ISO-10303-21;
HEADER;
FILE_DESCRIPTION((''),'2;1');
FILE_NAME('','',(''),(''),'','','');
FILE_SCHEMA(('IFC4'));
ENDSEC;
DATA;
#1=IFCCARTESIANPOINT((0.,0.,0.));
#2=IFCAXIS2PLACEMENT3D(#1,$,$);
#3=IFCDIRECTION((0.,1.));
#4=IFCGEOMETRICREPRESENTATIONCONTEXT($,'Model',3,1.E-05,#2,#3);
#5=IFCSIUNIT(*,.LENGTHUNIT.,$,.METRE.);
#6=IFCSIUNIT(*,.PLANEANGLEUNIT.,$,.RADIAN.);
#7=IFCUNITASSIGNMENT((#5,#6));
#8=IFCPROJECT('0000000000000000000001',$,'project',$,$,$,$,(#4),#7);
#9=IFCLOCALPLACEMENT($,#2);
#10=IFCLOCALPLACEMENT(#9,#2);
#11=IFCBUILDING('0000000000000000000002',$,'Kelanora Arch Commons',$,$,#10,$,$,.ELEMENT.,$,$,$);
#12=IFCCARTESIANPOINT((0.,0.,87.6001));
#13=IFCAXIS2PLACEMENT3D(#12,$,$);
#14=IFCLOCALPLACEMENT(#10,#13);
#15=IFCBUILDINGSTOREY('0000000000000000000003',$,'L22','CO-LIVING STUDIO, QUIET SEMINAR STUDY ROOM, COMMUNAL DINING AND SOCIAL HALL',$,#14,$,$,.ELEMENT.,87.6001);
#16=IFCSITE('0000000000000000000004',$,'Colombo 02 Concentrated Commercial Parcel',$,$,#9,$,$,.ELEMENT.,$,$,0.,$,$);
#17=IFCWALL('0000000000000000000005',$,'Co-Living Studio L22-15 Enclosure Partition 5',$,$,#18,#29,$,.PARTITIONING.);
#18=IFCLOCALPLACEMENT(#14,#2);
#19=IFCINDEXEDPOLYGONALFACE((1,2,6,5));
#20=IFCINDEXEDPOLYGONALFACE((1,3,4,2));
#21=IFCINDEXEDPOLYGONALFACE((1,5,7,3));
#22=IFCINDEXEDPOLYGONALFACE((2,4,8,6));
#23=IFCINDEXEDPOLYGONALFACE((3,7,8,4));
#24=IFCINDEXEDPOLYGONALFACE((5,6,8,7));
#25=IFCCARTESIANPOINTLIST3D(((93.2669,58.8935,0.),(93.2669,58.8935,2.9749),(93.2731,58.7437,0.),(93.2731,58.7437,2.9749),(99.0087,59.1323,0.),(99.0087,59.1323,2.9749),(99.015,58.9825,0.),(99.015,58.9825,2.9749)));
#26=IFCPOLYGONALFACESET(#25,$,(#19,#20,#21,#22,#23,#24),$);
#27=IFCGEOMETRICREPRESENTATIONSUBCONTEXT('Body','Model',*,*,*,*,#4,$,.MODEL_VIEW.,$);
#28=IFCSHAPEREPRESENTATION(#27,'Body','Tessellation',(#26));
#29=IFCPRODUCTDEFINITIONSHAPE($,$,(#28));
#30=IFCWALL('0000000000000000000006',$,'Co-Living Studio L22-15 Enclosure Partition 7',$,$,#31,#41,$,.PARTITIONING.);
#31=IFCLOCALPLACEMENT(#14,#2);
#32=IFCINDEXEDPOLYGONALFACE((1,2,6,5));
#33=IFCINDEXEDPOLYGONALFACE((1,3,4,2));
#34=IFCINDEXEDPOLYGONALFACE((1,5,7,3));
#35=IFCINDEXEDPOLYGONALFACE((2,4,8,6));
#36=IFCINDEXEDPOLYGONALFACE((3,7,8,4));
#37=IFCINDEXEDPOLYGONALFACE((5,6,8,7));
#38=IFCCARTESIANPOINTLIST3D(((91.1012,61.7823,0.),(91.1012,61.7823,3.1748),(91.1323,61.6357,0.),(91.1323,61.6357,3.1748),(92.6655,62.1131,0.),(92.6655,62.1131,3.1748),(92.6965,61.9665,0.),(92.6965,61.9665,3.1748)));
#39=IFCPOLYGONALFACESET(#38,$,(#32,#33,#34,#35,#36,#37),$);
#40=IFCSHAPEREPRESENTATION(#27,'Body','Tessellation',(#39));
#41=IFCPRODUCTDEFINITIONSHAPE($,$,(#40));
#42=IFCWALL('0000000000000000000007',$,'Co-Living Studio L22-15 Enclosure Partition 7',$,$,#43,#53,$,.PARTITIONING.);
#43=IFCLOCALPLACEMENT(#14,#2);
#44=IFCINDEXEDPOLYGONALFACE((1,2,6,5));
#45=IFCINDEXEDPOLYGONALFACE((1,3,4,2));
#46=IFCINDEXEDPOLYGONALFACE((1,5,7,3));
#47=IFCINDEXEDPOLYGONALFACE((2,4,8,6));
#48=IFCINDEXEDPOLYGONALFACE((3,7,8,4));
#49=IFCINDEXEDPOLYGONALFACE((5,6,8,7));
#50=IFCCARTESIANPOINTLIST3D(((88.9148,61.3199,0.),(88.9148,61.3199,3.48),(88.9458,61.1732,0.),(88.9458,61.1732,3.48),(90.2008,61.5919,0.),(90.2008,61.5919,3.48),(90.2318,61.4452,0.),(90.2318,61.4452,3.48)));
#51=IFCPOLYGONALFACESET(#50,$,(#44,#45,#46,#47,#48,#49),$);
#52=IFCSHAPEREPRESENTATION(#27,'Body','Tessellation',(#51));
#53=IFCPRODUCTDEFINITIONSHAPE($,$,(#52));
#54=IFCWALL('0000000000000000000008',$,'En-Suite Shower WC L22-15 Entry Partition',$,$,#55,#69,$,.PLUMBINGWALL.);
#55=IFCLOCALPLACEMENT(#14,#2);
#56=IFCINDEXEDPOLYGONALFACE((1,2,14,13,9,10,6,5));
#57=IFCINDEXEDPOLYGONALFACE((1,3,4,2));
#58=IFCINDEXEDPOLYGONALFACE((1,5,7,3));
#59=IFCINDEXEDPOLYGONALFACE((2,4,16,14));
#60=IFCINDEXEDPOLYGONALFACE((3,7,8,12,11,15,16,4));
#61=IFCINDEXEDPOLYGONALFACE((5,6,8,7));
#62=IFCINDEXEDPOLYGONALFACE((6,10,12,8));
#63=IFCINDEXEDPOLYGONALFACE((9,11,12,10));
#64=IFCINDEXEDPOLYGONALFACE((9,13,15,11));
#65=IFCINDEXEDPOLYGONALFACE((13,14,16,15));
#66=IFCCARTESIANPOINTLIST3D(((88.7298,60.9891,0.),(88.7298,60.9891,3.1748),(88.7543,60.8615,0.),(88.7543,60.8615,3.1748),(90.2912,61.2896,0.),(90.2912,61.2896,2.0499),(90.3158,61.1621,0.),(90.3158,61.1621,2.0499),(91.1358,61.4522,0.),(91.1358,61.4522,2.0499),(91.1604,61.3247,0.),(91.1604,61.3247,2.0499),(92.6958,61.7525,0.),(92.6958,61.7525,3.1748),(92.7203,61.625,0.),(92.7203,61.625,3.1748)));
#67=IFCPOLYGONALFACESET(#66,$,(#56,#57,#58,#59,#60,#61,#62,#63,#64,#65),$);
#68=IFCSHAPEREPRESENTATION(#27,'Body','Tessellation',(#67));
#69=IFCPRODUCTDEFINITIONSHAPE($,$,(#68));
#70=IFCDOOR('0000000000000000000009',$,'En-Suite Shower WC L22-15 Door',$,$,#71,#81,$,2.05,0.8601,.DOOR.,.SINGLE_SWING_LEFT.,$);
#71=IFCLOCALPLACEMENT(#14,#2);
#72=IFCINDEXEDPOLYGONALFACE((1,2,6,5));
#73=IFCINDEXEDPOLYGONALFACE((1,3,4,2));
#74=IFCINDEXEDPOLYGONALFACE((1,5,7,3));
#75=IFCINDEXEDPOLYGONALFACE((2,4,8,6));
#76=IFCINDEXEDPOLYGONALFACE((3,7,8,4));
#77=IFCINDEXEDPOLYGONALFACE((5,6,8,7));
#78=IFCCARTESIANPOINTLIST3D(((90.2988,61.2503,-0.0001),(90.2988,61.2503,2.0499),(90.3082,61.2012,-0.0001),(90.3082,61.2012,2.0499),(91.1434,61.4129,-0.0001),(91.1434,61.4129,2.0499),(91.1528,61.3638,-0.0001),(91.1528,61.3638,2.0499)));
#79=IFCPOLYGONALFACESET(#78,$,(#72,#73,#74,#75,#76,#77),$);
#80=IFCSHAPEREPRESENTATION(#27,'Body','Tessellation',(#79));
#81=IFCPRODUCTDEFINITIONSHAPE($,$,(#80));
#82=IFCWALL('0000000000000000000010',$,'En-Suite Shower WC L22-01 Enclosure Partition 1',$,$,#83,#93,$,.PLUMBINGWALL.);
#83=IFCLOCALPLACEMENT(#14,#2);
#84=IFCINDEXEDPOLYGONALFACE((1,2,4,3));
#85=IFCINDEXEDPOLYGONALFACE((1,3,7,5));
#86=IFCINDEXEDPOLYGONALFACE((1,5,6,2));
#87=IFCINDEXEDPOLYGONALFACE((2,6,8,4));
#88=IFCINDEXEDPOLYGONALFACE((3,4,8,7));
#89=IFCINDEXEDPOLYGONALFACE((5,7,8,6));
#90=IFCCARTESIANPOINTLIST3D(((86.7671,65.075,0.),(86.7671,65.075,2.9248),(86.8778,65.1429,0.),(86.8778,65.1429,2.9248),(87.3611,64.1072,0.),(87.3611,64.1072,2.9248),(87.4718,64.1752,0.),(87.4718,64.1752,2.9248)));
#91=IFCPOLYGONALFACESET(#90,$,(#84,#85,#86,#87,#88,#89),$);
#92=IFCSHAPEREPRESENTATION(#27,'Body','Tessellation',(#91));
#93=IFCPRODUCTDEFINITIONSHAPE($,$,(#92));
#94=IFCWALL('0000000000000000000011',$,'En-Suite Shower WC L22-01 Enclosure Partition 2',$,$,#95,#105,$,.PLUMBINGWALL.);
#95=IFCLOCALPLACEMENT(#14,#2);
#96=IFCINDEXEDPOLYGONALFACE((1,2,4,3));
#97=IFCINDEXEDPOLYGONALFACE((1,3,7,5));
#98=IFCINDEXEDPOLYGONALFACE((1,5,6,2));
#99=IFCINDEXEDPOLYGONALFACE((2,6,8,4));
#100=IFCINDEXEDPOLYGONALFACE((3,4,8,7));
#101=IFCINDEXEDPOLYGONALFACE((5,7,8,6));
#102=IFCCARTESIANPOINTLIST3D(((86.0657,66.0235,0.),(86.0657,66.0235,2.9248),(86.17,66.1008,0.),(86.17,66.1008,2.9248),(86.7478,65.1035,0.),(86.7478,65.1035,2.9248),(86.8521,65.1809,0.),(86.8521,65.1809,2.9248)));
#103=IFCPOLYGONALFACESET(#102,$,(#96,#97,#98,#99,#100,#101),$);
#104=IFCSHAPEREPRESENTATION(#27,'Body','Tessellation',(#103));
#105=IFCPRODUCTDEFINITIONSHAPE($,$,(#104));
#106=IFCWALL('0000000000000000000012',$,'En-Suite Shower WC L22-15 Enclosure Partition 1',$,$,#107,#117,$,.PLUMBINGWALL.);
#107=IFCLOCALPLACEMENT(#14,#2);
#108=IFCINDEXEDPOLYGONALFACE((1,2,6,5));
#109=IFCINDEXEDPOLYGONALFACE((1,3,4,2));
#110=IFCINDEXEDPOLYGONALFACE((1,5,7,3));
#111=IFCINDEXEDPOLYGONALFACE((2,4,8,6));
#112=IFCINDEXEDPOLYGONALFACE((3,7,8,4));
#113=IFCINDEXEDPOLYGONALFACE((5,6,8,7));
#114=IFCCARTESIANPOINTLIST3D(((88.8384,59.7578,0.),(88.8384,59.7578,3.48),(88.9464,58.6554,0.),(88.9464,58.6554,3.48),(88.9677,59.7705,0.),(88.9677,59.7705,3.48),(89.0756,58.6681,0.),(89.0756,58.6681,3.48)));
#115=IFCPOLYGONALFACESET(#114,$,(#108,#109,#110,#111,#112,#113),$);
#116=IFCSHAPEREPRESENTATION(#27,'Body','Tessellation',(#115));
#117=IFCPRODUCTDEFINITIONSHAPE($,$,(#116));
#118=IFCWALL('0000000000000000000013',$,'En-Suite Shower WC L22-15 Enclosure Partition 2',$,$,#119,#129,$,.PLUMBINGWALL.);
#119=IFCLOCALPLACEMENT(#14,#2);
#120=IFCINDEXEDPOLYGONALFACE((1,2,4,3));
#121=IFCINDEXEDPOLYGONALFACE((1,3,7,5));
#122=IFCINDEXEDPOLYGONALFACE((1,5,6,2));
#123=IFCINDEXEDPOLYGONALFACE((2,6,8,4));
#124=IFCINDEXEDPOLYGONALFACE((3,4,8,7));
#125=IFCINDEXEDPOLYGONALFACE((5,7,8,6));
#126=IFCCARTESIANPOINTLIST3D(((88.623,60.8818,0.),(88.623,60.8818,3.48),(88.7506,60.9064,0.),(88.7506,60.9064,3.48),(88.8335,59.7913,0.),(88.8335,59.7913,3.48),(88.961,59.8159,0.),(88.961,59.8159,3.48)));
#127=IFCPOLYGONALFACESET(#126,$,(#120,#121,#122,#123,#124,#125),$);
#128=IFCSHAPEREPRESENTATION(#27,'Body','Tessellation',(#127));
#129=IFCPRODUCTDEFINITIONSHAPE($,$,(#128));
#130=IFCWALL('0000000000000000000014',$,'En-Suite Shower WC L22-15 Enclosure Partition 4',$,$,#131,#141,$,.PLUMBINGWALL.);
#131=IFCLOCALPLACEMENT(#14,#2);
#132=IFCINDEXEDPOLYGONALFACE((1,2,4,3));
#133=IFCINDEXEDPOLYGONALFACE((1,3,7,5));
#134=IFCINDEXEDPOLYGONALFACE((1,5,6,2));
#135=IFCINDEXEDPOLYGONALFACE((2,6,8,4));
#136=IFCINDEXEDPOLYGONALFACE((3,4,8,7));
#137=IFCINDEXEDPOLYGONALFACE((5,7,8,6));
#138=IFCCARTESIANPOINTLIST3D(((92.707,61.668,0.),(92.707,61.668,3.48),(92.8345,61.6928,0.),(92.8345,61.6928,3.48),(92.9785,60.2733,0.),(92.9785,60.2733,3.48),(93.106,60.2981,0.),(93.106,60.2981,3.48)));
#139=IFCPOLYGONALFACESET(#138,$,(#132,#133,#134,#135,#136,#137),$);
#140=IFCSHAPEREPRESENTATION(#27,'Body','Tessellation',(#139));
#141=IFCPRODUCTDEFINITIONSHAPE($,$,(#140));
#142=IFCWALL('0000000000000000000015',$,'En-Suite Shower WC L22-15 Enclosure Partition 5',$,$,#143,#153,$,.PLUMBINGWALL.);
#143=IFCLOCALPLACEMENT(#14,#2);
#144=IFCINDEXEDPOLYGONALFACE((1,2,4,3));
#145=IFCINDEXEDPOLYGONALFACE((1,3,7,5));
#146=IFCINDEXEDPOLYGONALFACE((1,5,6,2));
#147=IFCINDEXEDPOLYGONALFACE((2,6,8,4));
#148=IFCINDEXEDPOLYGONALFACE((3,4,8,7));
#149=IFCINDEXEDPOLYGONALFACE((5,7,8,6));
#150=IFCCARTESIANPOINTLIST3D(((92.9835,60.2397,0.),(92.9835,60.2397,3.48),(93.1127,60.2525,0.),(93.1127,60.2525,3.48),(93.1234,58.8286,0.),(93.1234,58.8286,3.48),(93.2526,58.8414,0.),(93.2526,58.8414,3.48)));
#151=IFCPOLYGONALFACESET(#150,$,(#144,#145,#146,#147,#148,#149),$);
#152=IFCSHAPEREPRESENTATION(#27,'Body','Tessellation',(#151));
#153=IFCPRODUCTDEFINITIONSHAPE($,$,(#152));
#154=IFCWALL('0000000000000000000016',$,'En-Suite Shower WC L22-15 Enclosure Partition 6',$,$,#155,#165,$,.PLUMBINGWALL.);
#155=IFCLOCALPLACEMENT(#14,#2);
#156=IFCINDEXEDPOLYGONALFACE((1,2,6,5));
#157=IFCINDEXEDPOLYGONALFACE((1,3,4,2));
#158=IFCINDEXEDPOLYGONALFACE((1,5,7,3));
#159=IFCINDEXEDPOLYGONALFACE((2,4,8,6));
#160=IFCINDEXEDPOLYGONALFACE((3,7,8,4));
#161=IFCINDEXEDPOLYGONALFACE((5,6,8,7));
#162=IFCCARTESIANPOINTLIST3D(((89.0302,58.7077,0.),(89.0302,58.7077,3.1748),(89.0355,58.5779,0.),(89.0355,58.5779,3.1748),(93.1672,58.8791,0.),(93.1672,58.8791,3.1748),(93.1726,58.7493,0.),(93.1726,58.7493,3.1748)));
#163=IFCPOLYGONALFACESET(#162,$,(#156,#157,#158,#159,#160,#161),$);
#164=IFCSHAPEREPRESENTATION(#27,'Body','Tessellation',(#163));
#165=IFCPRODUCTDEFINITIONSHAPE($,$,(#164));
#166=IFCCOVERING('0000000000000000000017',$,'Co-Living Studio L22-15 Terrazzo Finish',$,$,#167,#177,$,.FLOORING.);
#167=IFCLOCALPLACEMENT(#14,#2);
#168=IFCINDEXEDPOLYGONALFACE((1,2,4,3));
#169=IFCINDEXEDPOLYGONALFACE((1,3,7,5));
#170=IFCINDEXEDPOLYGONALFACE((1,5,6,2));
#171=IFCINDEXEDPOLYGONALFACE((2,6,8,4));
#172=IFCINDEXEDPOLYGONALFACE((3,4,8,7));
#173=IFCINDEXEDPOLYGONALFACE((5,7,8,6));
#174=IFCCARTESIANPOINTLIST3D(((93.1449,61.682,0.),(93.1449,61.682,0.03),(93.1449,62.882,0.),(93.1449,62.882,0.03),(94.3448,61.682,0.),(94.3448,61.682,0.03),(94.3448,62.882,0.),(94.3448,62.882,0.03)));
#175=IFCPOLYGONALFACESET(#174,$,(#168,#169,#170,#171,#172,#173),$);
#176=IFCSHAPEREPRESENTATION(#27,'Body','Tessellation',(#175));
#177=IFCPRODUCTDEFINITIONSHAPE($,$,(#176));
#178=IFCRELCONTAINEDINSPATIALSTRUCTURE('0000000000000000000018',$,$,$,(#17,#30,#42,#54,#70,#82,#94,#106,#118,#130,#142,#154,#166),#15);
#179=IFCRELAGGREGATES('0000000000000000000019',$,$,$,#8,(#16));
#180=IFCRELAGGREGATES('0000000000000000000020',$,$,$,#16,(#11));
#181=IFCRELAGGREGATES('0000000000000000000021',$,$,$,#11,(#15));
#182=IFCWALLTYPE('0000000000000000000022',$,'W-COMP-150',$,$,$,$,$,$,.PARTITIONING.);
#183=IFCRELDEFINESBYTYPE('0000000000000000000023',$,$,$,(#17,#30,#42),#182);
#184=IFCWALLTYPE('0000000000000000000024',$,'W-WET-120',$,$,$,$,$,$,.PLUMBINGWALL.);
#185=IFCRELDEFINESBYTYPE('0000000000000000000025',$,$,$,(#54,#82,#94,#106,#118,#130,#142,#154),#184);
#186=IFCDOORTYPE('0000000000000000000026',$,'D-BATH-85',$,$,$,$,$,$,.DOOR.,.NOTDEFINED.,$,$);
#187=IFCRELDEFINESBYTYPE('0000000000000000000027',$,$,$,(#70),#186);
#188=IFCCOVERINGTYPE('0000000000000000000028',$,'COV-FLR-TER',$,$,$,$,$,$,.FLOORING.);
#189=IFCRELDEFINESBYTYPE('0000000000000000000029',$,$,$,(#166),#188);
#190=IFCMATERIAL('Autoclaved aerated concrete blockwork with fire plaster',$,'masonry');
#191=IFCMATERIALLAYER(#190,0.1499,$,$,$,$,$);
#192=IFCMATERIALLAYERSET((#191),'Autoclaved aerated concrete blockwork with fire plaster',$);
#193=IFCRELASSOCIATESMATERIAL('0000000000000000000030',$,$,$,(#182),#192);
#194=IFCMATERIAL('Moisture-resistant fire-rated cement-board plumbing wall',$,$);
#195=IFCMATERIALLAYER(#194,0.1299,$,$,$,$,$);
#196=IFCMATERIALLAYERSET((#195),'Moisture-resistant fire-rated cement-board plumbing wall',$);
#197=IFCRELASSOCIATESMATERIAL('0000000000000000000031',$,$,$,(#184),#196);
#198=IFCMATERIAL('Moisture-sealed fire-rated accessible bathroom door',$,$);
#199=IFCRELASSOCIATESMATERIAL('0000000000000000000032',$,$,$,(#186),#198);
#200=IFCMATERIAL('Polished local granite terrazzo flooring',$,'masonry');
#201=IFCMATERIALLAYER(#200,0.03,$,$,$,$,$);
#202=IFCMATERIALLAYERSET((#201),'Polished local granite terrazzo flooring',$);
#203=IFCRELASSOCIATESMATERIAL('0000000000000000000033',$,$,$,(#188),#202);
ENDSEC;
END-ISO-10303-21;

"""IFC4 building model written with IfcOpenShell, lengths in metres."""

from ifc_helpers import new_model, si_unit, direction, frame, frame_2d, origin, origin_2d, place, context, subcontext, project, spatial, rectangle, extrude, source, transform, mapped, material, layer, layer_set, type_object, element, fill, save


model = new_model("IFC4")

# Units and contexts
model_context = context("Model", 3, precision=1e-05, world=origin(), true_north=direction((0.0, 1.0)))
body_context = subcontext(model_context, "Body", "Model", "MODEL_VIEW")
ifc_project = project(units=[si_unit("LENGTHUNIT", "METRE"), si_unit("PLANEANGLEUNIT", "RADIAN")], contexts=[model_context])

# Site, building, storey
site_placement = place(None, origin())
site = spatial("IfcSite", under=ifc_project, at=site_placement, Name="Colombo 02 Concentrated Commercial Parcel", CompositionType="ELEMENT", RefElevation=0.0)
building_placement = place(site_placement, origin())
building = spatial("IfcBuilding", under=site, at=building_placement, Name="Kelanora Arch Commons", CompositionType="ELEMENT")
storey_placement = place(building_placement, frame((0.0, 0.0, 87.6001)))
storey = spatial("IfcBuildingStorey", under=building, at=storey_placement, Name="L22", Description="CO-LIVING STUDIO, QUIET SEMINAR STUDY ROOM, COMMUNAL DINING AND SOCIAL HALL", CompositionType="ELEMENT", Elevation=87.6001)

# Shared definitions
ifc_material_1 = material(Name="Autoclaved aerated concrete blockwork with fire plaster", Category="masonry")
ifc_layer_1 = layer(ifc_material_1, 0.1499)
ifc_layer_set_1 = layer_set([ifc_layer_1], Name="Autoclaved aerated concrete blockwork with fire plaster")
wall_type_1 = type_object("IfcWallType", Name="W-COMP-150", PredefinedType="PARTITIONING", material=ifc_layer_set_1)

# Walls
wall_1_placement = place(storey_placement, frame((99.012, 59.0574, 0.0), z_axis=(0.0, 0.0, 1.0), x_axis=(-0.999137, -0.041547, 0.0)))
element("IfcWall", 1, at=wall_1_placement, inside=storey, type_object=wall_type_1, Name="Co-Living Studio L22-15 Enclosure Partition 5", PredefinedType="PARTITIONING", context=body_context, shape_type="SweptSolid", body=[
    extrude(rectangle(XDim=5.7468, YDim=0.1499, at=frame_2d((2.8735, 0.0))), origin(), (0.0, 0.0, 1.0), 2.9749),
])
wall_2_placement = place(storey_placement, frame((92.6809, 62.0398, 0.0), z_axis=(0.0, 0.0, 1.0), x_axis=(-0.97836, -0.206911, 0.0)))
element("IfcWall", 2, at=wall_2_placement, inside=storey, type_object=wall_type_1, Name="Co-Living Studio L22-15 Enclosure Partition 7", PredefinedType="PARTITIONING", context=body_context, shape_type="SweptSolid", body=[
    extrude(rectangle(XDim=1.5989, YDim=0.1499, at=frame_2d((0.7993, 0.0))), origin(), (0.0, 0.0, 1.0), 3.1748),
])
wall_3_placement = place(storey_placement, frame((90.2163, 61.5186, 0.0), z_axis=(0.0, 0.0, 1.0), x_axis=(-0.978356, -0.206928, 0.0)))
element("IfcWall", 3, at=wall_3_placement, inside=storey, type_object=wall_type_1, Name="Co-Living Studio L22-15 Enclosure Partition 7", PredefinedType="PARTITIONING", context=body_context, shape_type="SweptSolid", body=[
    extrude(rectangle(XDim=1.3145, YDim=0.1499, at=frame_2d((0.6572, 0.0))), origin(), (0.0, 0.0, 1.0), 3.48),
])

# Wall, opening, door
ifc_material_2 = material(Name="Moisture-resistant fire-rated cement-board plumbing wall")
ifc_layer_2 = layer(ifc_material_2, 0.1299)
ifc_layer_set_2 = layer_set([ifc_layer_2], Name="Moisture-resistant fire-rated cement-board plumbing wall")
wall_type_2 = type_object("IfcWallType", Name="W-WET-120", PredefinedType="PLUMBINGWALL", material=ifc_layer_set_2)
wall_4_placement = place(storey_placement, frame((88.7419, 60.9253, 0.0), z_axis=(0.0, 0.0, 1.0), x_axis=(0.981973, 0.18902, 0.0)))
wall_4 = element("IfcWall", 4, at=wall_4_placement, inside=storey, type_object=wall_type_2, Name="En-Suite Shower WC L22-15 Entry Partition", PredefinedType="PLUMBINGWALL", context=body_context, shape_type="SweptSolid", body=[
    extrude(rectangle(XDim=4.0388, YDim=0.1299, at=frame_2d((2.0195, 0.0))), origin(), (0.0, 0.0, 1.0), 3.1748),
])
opening_1_placement = place(wall_4_placement, frame((1.5901, 0.0, 0.0)))
opening_1 = element("IfcOpeningElement", 5, at=opening_1_placement, cuts=wall_4, PredefinedType="OPENING", context=body_context, shape_type="SweptSolid", body=[
    extrude(rectangle(XDim=0.8601, YDim=2.05, at=frame_2d((0.4302, 1.0249))), frame((0.0, 0.075, 0.0), z_axis=(0.0, -1.0, 0.0), x_axis=(1.0, 0.0, 0.0)), (0.0, 0.0, 1.0), 0.1499),
])
ifc_material_3 = material(Name="Moisture-sealed fire-rated accessible bathroom door")
door_type_1 = type_object("IfcDoorType", Name="D-BATH-85", OperationType="NOTDEFINED", PredefinedType="DOOR", material=ifc_material_3)
door_1_placement = place(opening_1_placement, origin())
door_1 = element("IfcDoor", 6, at=door_1_placement, inside=storey, type_object=door_type_1, Name="En-Suite Shower WC L22-15 Door", OperationType="SINGLE_SWING_LEFT", OverallHeight=2.05, OverallWidth=0.8601, PredefinedType="DOOR", context=body_context, shape_type="SweptSolid", body=[
    extrude(rectangle(XDim=0.8601, YDim=2.05, at=frame_2d((0.4302, 1.0249))), frame((0.0, 0.0249, 0.0), z_axis=(0.0, -1.0, 0.0), x_axis=(1.0, 0.0, 0.0)), (0.0, 0.0, 1.0), 0.05),
])
fill(opening_1, door_1)

# Walls
wall_5_placement = place(storey_placement, frame((87.4165, 64.1411, 0.0), z_axis=(0.0, 0.0, 1.0), x_axis=(-0.523101, 0.85227, 0.0)))
element("IfcWall", 7, at=wall_5_placement, inside=storey, type_object=wall_type_2, Name="En-Suite Shower WC L22-01 Enclosure Partition 1", PredefinedType="PLUMBINGWALL", context=body_context, shape_type="SweptSolid", body=[
    extrude(rectangle(XDim=1.1355, YDim=0.1299, at=frame_2d((0.5679, 0.0))), origin(), (0.0, 0.0, 1.0), 2.9248),
])
wall_6_placement = place(storey_placement, frame((86.8, 65.1421, 0.0), z_axis=(0.0, 0.0, 1.0), x_axis=(-0.595625, 0.803263, 0.0)))
element("IfcWall", 8, at=wall_6_placement, inside=storey, type_object=wall_type_2, Name="En-Suite Shower WC L22-01 Enclosure Partition 2", PredefinedType="PLUMBINGWALL", context=body_context, shape_type="SweptSolid", body=[
    extrude(rectangle(XDim=1.1453, YDim=0.1299, at=frame_2d((0.5728, 0.0))), origin(), (0.0, 0.0, 1.0), 2.9248),
])
wall_7_placement = place(storey_placement, frame((89.011, 58.6619, 0.0), z_axis=(0.0, 0.0, 1.0), x_axis=(-0.09743, 0.995242, 0.0)))
element("IfcWall", 9, at=wall_7_placement, inside=storey, type_object=wall_type_2, Name="En-Suite Shower WC L22-15 Enclosure Partition 1", PredefinedType="PLUMBINGWALL", context=body_context, shape_type="SweptSolid", body=[
    extrude(rectangle(XDim=1.1077, YDim=0.1299, at=frame_2d((0.5537, 0.0))), origin(), (0.0, 0.0, 1.0), 3.48),
])
wall_8_placement = place(storey_placement, frame((88.8972, 59.8037, 0.0), z_axis=(0.0, 0.0, 1.0), x_axis=(-0.189475, 0.981886, 0.0)))
element("IfcWall", 10, at=wall_8_placement, inside=storey, type_object=wall_type_2, Name="En-Suite Shower WC L22-15 Enclosure Partition 2", PredefinedType="PLUMBINGWALL", context=body_context, shape_type="SweptSolid", body=[
    extrude(rectangle(XDim=1.1106, YDim=0.1299, at=frame_2d((0.5552, 0.0))), origin(), (0.0, 0.0, 1.0), 3.48),
])
wall_9_placement = place(storey_placement, frame((92.7708, 61.6804, 0.0), z_axis=(0.0, 0.0, 1.0), x_axis=(0.191058, -0.981579, 0.0)))
element("IfcWall", 11, at=wall_9_placement, inside=storey, type_object=wall_type_2, Name="En-Suite Shower WC L22-15 Enclosure Partition 4", PredefinedType="PLUMBINGWALL", context=body_context, shape_type="SweptSolid", body=[
    extrude(rectangle(XDim=1.4209, YDim=0.1299, at=frame_2d((0.7104, 0.0))), origin(), (0.0, 0.0, 1.0), 3.48),
])
wall_10_placement = place(storey_placement, frame((93.0481, 60.2461, 0.0), z_axis=(0.0, 0.0, 1.0), x_axis=(0.098651, -0.995122, 0.0)))
element("IfcWall", 12, at=wall_10_placement, inside=storey, type_object=wall_type_2, Name="En-Suite Shower WC L22-15 Enclosure Partition 5", PredefinedType="PLUMBINGWALL", context=body_context, shape_type="SweptSolid", body=[
    extrude(rectangle(XDim=1.418, YDim=0.1299, at=frame_2d((0.709, 0.0))), origin(), (0.0, 0.0, 1.0), 3.48),
])
wall_11_placement = place(storey_placement, frame((93.1699, 58.8142, 0.0), z_axis=(0.0, 0.0, 1.0), x_axis=(-0.999143, -0.041393, 0.0)))
element("IfcWall", 13, at=wall_11_placement, inside=storey, type_object=wall_type_2, Name="En-Suite Shower WC L22-15 Enclosure Partition 6", PredefinedType="PLUMBINGWALL", context=body_context, shape_type="SweptSolid", body=[
    extrude(rectangle(XDim=4.1406, YDim=0.1299, at=frame_2d((2.0703, 0.0))), origin(), (0.0, 0.0, 1.0), 3.1748),
])

# Covering
ifc_material_4 = material(Name="Polished local granite terrazzo flooring", Category="masonry")
ifc_layer_3 = layer(ifc_material_4, 0.03)
ifc_layer_set_3 = layer_set([ifc_layer_3], Name="Polished local granite terrazzo flooring")
covering_type = type_object("IfcCoveringType", Name="COV-FLR-TER", PredefinedType="FLOORING", material=ifc_layer_set_3)
shared_shape_1 = source(origin(), body_context, "Body", "SweptSolid", [
    extrude(rectangle(XDim=1.2, YDim=1.2, at=origin_2d()), origin(), (0.0, 0.0, 1.0), 0.03),
])
covering_placement = place(storey_placement, frame((93.7449, 62.282, 0.0), z_axis=(0.0, 0.0, 1.0), x_axis=(1.0, 0.0, 0.0)))
element("IfcCovering", 14, at=covering_placement, inside=storey, type_object=covering_type, Name="Co-Living Studio L22-15 Terrazzo Finish", PredefinedType="FLOORING", context=body_context, shape_type="MappedRepresentation", body=[
    mapped(shared_shape_1, transform((0.0, 0.0, 0.0), scale=1.0)),
])

save(model, "model.ifc")
